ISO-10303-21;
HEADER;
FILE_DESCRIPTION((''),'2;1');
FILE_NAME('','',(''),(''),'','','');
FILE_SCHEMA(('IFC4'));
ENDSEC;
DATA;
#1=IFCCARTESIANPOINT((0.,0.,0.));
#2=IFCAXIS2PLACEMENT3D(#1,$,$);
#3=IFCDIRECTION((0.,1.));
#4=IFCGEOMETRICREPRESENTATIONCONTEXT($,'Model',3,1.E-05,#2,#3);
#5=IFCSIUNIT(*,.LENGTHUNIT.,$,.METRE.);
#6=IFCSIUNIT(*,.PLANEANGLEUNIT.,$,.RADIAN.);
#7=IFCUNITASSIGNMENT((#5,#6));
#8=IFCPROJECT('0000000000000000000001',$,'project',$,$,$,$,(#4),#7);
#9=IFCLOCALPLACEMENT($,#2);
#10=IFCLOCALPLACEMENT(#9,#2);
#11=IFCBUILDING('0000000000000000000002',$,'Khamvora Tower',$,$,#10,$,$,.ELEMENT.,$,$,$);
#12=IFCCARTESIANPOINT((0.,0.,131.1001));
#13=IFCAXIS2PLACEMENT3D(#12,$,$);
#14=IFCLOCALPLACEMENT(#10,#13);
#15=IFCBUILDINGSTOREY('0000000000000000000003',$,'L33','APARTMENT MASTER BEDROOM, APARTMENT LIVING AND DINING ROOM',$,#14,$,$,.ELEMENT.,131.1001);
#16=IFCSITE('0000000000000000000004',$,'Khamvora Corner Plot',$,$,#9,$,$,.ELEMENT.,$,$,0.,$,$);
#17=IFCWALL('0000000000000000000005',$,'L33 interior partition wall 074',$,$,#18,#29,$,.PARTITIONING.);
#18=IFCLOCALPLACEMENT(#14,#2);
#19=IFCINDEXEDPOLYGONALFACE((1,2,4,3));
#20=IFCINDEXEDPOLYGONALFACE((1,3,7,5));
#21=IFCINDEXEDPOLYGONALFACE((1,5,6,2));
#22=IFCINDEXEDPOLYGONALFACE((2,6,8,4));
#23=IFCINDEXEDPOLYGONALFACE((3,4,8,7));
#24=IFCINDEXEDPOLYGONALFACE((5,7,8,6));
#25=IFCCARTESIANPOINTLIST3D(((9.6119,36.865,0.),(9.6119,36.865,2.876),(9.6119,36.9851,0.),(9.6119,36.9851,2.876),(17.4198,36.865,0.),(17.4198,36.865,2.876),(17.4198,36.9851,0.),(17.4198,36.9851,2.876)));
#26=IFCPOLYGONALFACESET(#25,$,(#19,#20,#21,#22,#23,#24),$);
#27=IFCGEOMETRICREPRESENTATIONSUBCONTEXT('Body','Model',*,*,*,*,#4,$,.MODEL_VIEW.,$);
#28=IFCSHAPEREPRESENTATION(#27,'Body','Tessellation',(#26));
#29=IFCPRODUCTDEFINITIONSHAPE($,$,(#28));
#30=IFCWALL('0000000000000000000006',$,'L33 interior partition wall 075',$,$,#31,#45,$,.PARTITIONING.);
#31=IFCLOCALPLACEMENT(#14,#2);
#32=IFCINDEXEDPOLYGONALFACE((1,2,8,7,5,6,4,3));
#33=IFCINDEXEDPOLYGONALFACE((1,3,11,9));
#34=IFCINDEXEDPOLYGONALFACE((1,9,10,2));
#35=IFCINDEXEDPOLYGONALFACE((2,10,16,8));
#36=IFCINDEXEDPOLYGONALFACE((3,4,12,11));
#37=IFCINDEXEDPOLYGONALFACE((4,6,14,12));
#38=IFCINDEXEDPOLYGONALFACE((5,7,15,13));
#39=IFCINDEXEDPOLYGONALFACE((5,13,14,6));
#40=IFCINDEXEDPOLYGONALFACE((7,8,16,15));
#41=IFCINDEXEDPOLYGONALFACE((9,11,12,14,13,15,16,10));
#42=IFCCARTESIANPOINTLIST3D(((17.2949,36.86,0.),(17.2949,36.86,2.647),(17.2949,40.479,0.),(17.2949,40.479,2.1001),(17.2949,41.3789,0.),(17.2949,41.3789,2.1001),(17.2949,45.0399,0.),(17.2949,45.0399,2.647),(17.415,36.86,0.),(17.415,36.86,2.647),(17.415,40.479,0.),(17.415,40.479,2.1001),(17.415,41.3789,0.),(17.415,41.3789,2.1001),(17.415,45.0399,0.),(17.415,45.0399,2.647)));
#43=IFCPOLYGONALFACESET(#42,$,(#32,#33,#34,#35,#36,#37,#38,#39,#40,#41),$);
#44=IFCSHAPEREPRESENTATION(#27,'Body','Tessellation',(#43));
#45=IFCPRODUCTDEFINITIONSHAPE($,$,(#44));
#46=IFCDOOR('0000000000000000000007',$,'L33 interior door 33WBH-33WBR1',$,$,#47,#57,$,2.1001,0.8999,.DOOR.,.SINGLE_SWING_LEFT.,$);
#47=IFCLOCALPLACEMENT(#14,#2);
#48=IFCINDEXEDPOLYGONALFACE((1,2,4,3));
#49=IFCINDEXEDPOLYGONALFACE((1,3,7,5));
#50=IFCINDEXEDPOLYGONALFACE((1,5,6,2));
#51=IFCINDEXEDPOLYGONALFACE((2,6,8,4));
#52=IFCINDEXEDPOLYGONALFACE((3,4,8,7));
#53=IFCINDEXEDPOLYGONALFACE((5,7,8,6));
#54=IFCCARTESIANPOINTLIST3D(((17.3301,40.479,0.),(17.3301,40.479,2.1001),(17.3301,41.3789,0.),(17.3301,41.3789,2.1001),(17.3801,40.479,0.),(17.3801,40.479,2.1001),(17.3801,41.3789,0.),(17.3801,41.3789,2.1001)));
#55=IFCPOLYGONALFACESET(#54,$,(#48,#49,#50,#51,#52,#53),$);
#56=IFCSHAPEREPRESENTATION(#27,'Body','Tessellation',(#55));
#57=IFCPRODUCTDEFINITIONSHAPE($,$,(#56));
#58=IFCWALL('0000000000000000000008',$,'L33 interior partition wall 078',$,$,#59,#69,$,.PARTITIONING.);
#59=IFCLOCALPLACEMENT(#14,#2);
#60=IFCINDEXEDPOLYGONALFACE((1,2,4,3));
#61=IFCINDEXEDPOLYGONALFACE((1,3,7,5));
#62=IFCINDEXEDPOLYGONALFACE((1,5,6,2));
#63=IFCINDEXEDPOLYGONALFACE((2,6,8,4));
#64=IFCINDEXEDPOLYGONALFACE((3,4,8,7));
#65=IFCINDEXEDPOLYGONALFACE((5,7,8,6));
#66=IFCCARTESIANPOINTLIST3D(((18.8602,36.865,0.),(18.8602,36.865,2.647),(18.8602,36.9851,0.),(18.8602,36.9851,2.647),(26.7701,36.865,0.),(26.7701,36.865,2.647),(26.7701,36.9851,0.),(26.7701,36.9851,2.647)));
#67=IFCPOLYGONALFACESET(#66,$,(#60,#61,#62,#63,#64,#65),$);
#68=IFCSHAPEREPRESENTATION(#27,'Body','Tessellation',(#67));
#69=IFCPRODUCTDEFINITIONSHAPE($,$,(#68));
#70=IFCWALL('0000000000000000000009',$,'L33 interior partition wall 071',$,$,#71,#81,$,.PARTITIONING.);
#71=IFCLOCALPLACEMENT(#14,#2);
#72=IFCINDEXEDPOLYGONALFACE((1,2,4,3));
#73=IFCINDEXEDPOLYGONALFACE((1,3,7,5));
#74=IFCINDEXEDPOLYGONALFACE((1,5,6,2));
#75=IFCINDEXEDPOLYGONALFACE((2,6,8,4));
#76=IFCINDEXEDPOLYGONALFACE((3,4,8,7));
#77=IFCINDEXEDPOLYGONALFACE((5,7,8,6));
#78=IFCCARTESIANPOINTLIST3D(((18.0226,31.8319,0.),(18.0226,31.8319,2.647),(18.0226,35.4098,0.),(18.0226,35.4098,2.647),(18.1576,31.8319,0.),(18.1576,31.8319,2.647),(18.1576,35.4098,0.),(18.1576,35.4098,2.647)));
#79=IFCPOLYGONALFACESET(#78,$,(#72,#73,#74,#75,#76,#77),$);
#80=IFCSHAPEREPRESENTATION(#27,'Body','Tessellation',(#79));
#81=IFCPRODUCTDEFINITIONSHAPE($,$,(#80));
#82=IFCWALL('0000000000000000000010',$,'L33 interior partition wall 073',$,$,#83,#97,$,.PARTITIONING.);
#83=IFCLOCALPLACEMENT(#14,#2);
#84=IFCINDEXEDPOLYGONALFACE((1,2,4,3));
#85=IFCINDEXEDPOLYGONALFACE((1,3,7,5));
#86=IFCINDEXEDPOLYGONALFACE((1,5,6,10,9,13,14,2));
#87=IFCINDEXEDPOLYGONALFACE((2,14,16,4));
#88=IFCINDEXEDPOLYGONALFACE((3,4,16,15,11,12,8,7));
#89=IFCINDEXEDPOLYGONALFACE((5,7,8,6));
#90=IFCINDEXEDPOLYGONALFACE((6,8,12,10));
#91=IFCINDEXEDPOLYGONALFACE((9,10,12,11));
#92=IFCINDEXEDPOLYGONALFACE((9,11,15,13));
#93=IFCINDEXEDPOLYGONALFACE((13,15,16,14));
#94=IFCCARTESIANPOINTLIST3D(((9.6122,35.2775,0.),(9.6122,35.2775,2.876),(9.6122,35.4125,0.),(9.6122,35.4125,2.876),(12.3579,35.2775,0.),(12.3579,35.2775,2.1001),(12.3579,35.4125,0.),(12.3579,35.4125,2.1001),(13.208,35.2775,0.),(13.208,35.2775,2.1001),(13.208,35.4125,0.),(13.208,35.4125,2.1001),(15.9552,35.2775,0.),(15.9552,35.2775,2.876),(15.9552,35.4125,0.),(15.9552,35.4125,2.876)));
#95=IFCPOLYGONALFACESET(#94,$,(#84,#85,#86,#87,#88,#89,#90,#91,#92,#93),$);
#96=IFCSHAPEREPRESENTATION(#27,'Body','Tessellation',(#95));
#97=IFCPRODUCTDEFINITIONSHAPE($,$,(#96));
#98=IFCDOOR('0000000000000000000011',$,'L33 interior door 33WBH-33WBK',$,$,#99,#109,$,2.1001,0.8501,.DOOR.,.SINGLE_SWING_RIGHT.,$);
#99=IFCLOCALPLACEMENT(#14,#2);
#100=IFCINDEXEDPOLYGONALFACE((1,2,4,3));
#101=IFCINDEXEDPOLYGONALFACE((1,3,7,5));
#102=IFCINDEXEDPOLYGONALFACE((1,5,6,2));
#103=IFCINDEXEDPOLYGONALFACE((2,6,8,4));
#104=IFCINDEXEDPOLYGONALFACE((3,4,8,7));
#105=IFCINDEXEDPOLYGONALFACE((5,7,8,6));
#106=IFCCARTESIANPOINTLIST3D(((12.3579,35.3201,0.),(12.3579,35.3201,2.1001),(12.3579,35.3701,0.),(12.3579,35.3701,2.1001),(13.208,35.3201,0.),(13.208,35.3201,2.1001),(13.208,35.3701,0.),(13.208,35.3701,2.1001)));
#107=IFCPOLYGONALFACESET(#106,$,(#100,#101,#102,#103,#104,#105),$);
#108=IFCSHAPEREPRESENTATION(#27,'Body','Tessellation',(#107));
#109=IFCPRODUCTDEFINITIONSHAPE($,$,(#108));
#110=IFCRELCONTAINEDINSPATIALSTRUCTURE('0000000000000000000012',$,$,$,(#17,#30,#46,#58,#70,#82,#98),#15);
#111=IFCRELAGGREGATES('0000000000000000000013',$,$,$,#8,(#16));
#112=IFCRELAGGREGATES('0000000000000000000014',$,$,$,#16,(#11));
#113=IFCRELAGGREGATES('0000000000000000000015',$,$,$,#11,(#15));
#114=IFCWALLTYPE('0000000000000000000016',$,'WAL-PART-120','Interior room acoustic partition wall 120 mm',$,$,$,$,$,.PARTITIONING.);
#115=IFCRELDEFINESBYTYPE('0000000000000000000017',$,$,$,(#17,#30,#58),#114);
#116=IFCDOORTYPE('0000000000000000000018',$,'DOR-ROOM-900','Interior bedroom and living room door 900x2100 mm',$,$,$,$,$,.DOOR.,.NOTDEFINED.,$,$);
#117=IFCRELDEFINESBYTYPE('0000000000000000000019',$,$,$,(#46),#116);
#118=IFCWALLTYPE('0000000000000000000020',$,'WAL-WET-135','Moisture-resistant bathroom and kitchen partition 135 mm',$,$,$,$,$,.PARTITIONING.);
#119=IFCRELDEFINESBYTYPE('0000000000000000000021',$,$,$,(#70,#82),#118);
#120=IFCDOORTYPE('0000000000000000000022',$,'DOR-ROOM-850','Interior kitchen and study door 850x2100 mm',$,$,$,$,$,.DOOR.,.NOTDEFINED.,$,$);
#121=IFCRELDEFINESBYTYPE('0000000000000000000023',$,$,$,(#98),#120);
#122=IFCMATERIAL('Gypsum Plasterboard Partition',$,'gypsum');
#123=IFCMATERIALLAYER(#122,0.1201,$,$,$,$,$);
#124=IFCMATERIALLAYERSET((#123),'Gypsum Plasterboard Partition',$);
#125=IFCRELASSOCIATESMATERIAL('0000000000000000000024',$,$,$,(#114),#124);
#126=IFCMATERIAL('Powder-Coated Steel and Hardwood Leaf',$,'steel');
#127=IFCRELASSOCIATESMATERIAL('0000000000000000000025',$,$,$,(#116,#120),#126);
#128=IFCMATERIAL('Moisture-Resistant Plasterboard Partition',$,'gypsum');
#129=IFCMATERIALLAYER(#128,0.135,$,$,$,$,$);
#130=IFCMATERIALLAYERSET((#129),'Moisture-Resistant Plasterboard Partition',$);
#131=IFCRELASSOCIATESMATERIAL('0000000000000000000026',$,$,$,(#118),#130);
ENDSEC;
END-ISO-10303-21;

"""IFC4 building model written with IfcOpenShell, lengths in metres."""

from ifc_helpers import new_model, si_unit, direction, frame, frame_2d, origin, place, context, subcontext, project, spatial, rectangle, extrude, material, layer, layer_set, type_object, element, fill, save


model = new_model("IFC4")

# Units and contexts
model_context = context("Model", 3, precision=1e-05, world=origin(), true_north=direction((0.0, 1.0)))
body_context = subcontext(model_context, "Body", "Model", "MODEL_VIEW")
ifc_project = project(units=[si_unit("LENGTHUNIT", "METRE"), si_unit("PLANEANGLEUNIT", "RADIAN")], contexts=[model_context])

# Site, building, storey
site_placement = place(None, origin())
site = spatial("IfcSite", under=ifc_project, at=site_placement, Name="Khamvora Corner Plot", CompositionType="ELEMENT", RefElevation=0.0)
building_placement = place(site_placement, origin())
building = spatial("IfcBuilding", under=site, at=building_placement, Name="Khamvora Tower", CompositionType="ELEMENT")
storey_placement = place(building_placement, frame((0.0, 0.0, 131.1001)))
storey = spatial("IfcBuildingStorey", under=building, at=storey_placement, Name="L33", Description="APARTMENT MASTER BEDROOM, APARTMENT LIVING AND DINING ROOM", CompositionType="ELEMENT", Elevation=131.1001)

# Wall
ifc_material_1 = material(Name="Gypsum Plasterboard Partition", Category="gypsum")
ifc_layer_1 = layer(ifc_material_1, 0.1201)
ifc_layer_set_1 = layer_set([ifc_layer_1], Name="Gypsum Plasterboard Partition")
wall_type_1 = type_object("IfcWallType", Name="WAL-PART-120", Description="Interior room acoustic partition wall 120 mm", PredefinedType="PARTITIONING", material=ifc_layer_set_1)
wall_1_placement = place(storey_placement, frame((9.6121, 36.925, 0.0), z_axis=(0.0, 0.0, 1.0), x_axis=(1.0, 0.0, 0.0)))
element("IfcWall", 1, at=wall_1_placement, inside=storey, type_object=wall_type_1, Name="L33 interior partition wall 074", PredefinedType="PARTITIONING", context=body_context, shape_type="SweptSolid", body=[
    extrude(rectangle(XDim=7.8079, YDim=0.1201, at=frame_2d((3.9038, 0.0))), origin(), (0.0, 0.0, 1.0), 2.876),
])

# Wall, opening, door
wall_2_placement = place(storey_placement, frame((17.355, 36.8601, 0.0), z_axis=(0.0, 0.0, 1.0), x_axis=(0.0, 1.0, 0.0)))
wall_2 = element("IfcWall", 2, at=wall_2_placement, inside=storey, type_object=wall_type_1, Name="L33 interior partition wall 075", PredefinedType="PARTITIONING", context=body_context, shape_type="SweptSolid", body=[
    extrude(rectangle(XDim=8.1799, YDim=0.1201, at=frame_2d((4.0898, 0.0))), origin(), (0.0, 0.0, 1.0), 2.647),
])
opening_1_placement = place(wall_2_placement, frame((3.6189, 0.0, 0.0)))
opening_1 = element("IfcOpeningElement", 3, at=opening_1_placement, cuts=wall_2, PredefinedType="OPENING", context=body_context, shape_type="SweptSolid", body=[
    extrude(rectangle(XDim=0.8999, YDim=2.1001, at=frame_2d((0.45, 1.05))), frame((0.0, 0.0701, 0.0), z_axis=(0.0, -1.0, 0.0), x_axis=(1.0, 0.0, 0.0)), (0.0, 0.0, 1.0), 0.1401),
])
ifc_material_2 = material(Name="Powder-Coated Steel and Hardwood Leaf", Category="steel")
door_type_1 = type_object("IfcDoorType", Name="DOR-ROOM-900", Description="Interior bedroom and living room door 900x2100 mm", OperationType="NOTDEFINED", PredefinedType="DOOR", material=ifc_material_2)
door_1_placement = place(opening_1_placement, origin())
door_1 = element("IfcDoor", 4, at=door_1_placement, inside=storey, type_object=door_type_1, Name="L33 interior door 33WBH-33WBR1", OperationType="SINGLE_SWING_LEFT", OverallHeight=2.1001, OverallWidth=0.8999, PredefinedType="DOOR", context=body_context, shape_type="SweptSolid", body=[
    extrude(rectangle(XDim=0.8999, YDim=2.1001, at=frame_2d((0.45, 1.05))), frame((0.0, 0.0249, 0.0), z_axis=(0.0, -1.0, 0.0), x_axis=(1.0, 0.0, 0.0)), (0.0, 0.0, 1.0), 0.05),
])
fill(opening_1, door_1)

# Walls
wall_3_placement = place(storey_placement, frame((18.8601, 36.925, 0.0), z_axis=(0.0, 0.0, 1.0), x_axis=(1.0, 0.0, 0.0)))
element("IfcWall", 5, at=wall_3_placement, inside=storey, type_object=wall_type_1, Name="L33 interior partition wall 078", PredefinedType="PARTITIONING", context=body_context, shape_type="SweptSolid", body=[
    extrude(rectangle(XDim=7.9099, YDim=0.1201, at=frame_2d((3.9551, 0.0))), origin(), (0.0, 0.0, 1.0), 2.647),
])
ifc_material_3 = material(Name="Moisture-Resistant Plasterboard Partition", Category="gypsum")
ifc_layer_2 = layer(ifc_material_3, 0.135)
ifc_layer_set_2 = layer_set([ifc_layer_2], Name="Moisture-Resistant Plasterboard Partition")
wall_type_2 = type_object("IfcWallType", Name="WAL-WET-135", Description="Moisture-resistant bathroom and kitchen partition 135 mm", PredefinedType="PARTITIONING", material=ifc_layer_set_2)
wall_4_placement = place(storey_placement, frame((18.0901, 35.4099, 0.0), z_axis=(0.0, 0.0, 1.0), x_axis=(0.0, -1.0, 0.0)))
element("IfcWall", 6, at=wall_4_placement, inside=storey, type_object=wall_type_2, Name="L33 interior partition wall 071", PredefinedType="PARTITIONING", context=body_context, shape_type="SweptSolid", body=[
    extrude(rectangle(XDim=3.5779, YDim=0.135, at=frame_2d((1.7891, 0.0))), origin(), (0.0, 0.0, 1.0), 2.647),
])

# Wall, opening, door
wall_5_placement = place(storey_placement, frame((15.9551, 35.345, 0.0), z_axis=(0.0, 0.0, 1.0), x_axis=(-1.0, 0.0, 0.0)))
wall_5 = element("IfcWall", 7, at=wall_5_placement, inside=storey, type_object=wall_type_2, Name="L33 interior partition wall 073", PredefinedType="PARTITIONING", context=body_context, shape_type="SweptSolid", body=[
    extrude(rectangle(XDim=6.343, YDim=0.135, at=frame_2d((3.1714, 0.0))), origin(), (0.0, 0.0, 1.0), 2.876),
])
opening_2_placement = place(wall_5_placement, frame((2.7471, 0.0, 0.0)))
opening_2 = element("IfcOpeningElement", 8, at=opening_2_placement, cuts=wall_5, PredefinedType="OPENING", context=body_context, shape_type="SweptSolid", body=[
    extrude(rectangle(XDim=0.8501, YDim=2.1001, at=frame_2d((0.425, 1.05))), frame((0.0, 0.0774, 0.0), z_axis=(0.0, -1.0, 0.0), x_axis=(1.0, 0.0, 0.0)), (0.0, 0.0, 1.0), 0.155),
])
door_type_2 = type_object("IfcDoorType", Name="DOR-ROOM-850", Description="Interior kitchen and study door 850x2100 mm", OperationType="NOTDEFINED", PredefinedType="DOOR", material=ifc_material_2)
door_2_placement = place(opening_2_placement, origin())
door_2 = element("IfcDoor", 9, at=door_2_placement, inside=storey, type_object=door_type_2, Name="L33 interior door 33WBH-33WBK", OperationType="SINGLE_SWING_RIGHT", OverallHeight=2.1001, OverallWidth=0.8501, PredefinedType="DOOR", context=body_context, shape_type="SweptSolid", body=[
    extrude(rectangle(XDim=0.8501, YDim=2.1001, at=frame_2d((0.425, 1.05))), frame((0.0, 0.0249, 0.0), z_axis=(0.0, -1.0, 0.0), x_axis=(1.0, 0.0, 0.0)), (0.0, 0.0, 1.0), 0.05),
])
fill(opening_2, door_2)

save(model, "model.ifc")
